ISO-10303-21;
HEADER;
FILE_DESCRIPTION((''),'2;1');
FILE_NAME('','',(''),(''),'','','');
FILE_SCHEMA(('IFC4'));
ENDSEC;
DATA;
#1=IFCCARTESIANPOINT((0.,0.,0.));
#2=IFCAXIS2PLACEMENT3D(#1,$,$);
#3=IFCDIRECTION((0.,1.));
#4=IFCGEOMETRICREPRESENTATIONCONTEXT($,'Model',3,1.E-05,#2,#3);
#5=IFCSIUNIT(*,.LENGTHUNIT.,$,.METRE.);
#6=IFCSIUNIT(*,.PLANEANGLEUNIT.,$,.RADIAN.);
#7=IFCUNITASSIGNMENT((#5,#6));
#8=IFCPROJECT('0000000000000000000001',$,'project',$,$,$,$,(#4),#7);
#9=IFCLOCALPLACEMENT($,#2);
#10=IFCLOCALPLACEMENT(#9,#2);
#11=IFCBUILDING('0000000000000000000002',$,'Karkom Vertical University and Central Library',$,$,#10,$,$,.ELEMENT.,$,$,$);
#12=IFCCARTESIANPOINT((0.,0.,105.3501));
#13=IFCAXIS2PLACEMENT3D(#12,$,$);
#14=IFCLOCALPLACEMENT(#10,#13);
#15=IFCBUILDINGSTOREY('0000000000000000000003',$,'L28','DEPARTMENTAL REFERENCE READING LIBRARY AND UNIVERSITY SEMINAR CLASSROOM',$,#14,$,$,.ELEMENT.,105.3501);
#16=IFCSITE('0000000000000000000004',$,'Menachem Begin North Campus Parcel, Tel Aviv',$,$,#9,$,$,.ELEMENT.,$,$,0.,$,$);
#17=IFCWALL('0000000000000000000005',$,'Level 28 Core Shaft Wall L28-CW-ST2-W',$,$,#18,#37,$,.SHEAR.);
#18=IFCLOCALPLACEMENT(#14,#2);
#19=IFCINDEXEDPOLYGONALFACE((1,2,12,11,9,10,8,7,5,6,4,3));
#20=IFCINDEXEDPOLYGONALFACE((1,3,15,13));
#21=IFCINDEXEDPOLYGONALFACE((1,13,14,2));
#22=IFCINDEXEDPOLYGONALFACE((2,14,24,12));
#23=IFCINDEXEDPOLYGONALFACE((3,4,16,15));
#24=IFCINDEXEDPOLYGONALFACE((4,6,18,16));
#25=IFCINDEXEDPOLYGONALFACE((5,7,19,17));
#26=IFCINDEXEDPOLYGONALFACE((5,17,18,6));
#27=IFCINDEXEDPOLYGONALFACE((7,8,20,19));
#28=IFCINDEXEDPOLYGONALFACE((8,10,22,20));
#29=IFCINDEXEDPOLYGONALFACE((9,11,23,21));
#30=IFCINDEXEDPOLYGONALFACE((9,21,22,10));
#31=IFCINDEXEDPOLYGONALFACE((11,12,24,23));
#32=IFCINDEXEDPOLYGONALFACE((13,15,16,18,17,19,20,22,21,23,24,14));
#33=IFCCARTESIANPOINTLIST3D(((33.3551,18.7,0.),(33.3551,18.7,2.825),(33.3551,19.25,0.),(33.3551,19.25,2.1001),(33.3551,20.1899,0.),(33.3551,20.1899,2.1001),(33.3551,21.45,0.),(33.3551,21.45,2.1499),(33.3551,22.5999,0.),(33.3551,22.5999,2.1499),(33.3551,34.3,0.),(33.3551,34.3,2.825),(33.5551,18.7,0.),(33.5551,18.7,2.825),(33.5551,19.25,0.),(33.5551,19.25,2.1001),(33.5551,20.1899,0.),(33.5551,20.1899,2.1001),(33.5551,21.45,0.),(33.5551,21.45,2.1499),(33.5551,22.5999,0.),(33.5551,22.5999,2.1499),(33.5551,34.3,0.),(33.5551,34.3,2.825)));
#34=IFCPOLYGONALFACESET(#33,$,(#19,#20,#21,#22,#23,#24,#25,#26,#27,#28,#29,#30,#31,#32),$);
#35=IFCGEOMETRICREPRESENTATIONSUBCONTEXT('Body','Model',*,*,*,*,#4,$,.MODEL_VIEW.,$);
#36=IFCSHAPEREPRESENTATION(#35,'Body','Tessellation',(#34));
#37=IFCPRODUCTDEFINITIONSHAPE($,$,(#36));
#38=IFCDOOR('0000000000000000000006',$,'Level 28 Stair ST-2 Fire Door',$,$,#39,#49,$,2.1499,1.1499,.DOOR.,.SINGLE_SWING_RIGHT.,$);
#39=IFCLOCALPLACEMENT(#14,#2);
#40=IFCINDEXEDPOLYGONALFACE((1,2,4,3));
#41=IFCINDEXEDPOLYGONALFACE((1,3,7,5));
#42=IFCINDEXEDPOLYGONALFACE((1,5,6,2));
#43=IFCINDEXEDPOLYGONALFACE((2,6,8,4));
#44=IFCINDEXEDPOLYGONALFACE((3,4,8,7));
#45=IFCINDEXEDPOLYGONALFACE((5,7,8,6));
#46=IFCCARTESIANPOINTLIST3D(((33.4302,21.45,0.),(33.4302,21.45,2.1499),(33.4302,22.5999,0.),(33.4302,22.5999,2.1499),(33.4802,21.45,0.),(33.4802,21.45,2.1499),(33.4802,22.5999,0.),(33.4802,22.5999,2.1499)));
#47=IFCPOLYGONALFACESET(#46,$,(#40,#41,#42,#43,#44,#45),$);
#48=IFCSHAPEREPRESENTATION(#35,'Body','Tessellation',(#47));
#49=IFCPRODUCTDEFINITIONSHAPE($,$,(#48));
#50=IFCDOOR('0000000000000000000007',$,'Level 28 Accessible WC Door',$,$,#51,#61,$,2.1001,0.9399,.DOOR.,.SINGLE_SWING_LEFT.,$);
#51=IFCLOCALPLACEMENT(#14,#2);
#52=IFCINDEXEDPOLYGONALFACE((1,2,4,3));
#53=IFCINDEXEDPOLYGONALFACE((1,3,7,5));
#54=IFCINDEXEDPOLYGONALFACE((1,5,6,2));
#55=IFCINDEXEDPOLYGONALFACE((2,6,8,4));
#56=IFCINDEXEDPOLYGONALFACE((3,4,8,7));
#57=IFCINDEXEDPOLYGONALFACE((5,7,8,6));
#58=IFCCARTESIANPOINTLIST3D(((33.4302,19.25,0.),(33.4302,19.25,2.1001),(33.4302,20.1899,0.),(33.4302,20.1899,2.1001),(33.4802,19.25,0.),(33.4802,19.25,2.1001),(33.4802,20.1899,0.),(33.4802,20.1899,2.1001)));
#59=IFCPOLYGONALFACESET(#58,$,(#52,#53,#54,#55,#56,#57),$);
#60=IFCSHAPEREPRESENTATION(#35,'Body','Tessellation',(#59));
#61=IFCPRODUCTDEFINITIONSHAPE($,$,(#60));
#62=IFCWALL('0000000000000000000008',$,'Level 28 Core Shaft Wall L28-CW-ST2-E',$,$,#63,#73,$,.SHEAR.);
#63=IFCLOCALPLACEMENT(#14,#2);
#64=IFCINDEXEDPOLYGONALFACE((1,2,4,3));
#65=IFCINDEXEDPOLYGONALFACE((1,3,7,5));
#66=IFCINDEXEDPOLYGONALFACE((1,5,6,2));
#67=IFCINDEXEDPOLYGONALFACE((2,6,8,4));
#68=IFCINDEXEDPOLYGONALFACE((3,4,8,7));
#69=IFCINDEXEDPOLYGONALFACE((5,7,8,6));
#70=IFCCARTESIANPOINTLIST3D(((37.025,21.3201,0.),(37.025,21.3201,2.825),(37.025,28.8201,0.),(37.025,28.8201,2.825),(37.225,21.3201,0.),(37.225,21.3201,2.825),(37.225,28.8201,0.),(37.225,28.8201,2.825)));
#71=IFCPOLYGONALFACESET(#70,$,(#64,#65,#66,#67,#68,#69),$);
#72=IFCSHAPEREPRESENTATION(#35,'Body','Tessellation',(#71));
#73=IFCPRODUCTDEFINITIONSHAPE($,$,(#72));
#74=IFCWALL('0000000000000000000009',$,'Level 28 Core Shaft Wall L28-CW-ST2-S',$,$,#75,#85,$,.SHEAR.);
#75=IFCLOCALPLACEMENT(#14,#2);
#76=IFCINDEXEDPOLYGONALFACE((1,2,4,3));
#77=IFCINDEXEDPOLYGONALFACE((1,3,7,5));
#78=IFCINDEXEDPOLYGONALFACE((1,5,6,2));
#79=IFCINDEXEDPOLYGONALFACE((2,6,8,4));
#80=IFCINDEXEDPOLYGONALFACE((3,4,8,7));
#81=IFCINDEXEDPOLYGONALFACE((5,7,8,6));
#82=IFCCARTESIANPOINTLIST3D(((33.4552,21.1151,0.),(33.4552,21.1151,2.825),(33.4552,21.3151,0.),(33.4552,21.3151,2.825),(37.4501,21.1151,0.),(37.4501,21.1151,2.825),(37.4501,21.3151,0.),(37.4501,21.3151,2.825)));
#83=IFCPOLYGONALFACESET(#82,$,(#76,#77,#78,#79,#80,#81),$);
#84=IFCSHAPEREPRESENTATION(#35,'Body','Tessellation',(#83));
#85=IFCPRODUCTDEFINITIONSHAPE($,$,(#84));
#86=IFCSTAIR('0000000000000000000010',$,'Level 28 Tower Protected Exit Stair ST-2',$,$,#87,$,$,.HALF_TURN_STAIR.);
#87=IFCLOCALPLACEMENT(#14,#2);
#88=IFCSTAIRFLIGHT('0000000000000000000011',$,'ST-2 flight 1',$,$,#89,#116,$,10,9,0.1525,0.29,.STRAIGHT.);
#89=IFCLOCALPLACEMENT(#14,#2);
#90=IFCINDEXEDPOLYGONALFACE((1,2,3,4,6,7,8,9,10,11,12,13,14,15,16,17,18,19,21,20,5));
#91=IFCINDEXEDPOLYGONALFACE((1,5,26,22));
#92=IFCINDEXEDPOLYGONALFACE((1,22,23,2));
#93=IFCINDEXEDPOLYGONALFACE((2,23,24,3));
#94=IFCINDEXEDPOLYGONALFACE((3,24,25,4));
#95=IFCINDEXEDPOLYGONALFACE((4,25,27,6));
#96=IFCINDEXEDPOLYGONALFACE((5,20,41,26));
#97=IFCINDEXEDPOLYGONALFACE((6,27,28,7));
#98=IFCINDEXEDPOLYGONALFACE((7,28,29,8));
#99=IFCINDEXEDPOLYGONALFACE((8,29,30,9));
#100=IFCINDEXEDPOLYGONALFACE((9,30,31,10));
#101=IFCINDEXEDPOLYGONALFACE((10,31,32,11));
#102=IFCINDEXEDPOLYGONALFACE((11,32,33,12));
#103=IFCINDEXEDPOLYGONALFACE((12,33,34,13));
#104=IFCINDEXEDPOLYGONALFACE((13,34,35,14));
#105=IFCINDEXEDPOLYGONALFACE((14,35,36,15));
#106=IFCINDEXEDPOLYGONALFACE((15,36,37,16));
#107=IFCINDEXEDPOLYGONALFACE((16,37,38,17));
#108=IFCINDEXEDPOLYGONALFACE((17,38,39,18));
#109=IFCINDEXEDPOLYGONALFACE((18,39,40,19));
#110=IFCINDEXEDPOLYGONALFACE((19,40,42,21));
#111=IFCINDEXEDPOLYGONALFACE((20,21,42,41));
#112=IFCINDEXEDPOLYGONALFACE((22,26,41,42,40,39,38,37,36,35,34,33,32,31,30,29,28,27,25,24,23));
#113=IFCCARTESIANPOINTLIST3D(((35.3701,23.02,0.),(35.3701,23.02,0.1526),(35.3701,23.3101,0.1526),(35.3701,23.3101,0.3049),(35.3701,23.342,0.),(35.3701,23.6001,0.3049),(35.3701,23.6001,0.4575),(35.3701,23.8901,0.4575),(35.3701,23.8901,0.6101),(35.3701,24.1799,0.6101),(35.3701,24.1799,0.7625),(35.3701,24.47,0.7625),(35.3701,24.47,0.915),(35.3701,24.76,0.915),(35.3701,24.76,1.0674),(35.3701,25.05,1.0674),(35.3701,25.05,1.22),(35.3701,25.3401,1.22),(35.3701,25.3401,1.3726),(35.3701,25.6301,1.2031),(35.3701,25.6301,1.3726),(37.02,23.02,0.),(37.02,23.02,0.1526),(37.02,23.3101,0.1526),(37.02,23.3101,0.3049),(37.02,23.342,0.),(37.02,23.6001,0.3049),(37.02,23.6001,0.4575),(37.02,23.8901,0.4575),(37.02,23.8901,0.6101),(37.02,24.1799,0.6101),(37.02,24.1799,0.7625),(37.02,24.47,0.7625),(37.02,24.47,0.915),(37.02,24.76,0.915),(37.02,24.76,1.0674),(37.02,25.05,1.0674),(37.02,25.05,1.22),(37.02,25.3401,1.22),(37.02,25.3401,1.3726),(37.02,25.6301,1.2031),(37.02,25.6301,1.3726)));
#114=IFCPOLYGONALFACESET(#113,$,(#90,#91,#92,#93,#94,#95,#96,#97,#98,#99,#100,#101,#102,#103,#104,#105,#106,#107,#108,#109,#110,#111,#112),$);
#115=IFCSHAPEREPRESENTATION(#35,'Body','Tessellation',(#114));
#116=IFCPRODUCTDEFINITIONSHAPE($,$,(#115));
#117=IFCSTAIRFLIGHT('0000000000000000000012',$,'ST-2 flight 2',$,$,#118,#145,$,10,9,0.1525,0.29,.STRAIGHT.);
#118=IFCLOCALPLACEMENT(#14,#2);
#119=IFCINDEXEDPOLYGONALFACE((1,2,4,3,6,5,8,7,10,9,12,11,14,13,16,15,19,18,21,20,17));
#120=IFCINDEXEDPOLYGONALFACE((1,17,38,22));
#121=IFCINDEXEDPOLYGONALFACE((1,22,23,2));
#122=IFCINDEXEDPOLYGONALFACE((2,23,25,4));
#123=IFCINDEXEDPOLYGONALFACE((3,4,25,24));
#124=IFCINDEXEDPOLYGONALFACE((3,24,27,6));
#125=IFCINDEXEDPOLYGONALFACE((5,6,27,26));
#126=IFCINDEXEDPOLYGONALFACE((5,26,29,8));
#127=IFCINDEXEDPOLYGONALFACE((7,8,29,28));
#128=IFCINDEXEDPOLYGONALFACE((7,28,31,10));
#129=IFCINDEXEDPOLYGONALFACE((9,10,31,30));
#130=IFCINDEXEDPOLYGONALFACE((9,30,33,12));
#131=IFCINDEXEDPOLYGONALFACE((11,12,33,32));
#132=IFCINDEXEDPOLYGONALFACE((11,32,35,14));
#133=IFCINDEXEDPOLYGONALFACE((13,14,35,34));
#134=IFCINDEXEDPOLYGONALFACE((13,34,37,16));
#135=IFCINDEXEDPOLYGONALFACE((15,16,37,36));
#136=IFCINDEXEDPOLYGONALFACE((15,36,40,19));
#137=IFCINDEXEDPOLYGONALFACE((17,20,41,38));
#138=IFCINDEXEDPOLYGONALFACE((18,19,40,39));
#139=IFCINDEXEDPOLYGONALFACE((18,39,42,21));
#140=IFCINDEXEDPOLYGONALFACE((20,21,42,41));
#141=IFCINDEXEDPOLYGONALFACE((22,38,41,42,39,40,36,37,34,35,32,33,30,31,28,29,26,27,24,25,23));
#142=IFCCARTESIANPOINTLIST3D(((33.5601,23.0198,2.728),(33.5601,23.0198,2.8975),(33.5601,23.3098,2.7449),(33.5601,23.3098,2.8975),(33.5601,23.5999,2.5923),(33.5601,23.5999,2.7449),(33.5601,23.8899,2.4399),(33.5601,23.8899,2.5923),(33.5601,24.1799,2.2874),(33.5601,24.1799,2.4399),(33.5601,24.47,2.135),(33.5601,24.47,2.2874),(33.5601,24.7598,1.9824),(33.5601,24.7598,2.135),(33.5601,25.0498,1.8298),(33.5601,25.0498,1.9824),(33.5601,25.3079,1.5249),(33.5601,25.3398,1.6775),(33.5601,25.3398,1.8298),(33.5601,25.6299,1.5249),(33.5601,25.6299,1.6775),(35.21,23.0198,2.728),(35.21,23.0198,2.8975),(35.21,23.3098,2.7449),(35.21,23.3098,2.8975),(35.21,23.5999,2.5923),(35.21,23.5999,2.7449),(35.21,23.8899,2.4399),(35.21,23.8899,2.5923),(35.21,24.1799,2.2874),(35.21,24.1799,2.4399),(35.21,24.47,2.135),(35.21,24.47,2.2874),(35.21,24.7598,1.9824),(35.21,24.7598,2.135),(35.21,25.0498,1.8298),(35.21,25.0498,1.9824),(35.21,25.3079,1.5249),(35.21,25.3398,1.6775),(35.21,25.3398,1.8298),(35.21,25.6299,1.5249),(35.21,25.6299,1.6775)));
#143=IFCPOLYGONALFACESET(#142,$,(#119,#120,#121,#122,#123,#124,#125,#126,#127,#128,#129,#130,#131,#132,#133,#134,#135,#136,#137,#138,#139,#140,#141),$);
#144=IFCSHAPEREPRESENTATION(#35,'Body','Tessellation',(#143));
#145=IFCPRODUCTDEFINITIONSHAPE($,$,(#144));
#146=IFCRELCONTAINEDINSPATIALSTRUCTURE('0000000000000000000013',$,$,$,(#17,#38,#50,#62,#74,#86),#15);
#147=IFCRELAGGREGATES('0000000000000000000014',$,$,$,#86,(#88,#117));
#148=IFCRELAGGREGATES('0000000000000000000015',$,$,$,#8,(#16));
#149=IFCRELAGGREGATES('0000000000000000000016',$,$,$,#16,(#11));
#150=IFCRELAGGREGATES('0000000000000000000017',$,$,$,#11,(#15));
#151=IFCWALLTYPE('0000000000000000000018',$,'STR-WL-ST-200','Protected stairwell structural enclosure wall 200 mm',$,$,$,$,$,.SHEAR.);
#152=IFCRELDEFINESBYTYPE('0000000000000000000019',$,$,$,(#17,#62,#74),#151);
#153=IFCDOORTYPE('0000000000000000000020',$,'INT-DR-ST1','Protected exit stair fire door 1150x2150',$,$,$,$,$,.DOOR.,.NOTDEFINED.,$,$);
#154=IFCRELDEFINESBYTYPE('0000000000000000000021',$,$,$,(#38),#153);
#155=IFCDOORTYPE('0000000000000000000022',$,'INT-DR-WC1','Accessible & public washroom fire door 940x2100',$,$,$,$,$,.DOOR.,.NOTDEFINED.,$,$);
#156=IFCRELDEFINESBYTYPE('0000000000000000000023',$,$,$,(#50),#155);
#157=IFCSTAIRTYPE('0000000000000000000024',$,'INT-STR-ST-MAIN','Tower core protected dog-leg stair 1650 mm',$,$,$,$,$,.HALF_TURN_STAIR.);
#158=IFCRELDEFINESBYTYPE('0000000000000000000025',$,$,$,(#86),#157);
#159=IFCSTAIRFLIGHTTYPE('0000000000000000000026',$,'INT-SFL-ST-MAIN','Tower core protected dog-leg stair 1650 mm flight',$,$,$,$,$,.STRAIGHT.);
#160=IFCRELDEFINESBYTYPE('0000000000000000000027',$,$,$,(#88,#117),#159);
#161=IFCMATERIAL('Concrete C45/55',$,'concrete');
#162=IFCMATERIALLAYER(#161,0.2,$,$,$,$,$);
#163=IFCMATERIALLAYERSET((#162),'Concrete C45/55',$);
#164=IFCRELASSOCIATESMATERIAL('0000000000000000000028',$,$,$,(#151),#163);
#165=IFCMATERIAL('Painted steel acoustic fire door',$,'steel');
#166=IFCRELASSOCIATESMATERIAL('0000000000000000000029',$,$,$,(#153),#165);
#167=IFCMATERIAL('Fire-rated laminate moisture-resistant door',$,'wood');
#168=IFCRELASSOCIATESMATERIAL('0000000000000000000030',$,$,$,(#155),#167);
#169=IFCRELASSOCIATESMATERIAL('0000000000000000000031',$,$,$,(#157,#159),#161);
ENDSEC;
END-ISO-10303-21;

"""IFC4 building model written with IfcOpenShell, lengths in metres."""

from ifc_helpers import new_model, si_unit, direction, frame, frame_2d, origin, origin_with_axes, place, context, subcontext, project, spatial, polyline, rectangle, outline, extrude, source, transform, mapped, material, layer, layer_set, type_object, element, fill, aggregate, save


model = new_model("IFC4")

# Units and contexts
model_context = context("Model", 3, precision=1e-05, world=origin(), true_north=direction((0.0, 1.0)))
body_context = subcontext(model_context, "Body", "Model", "MODEL_VIEW")
ifc_project = project(units=[si_unit("LENGTHUNIT", "METRE"), si_unit("PLANEANGLEUNIT", "RADIAN")], contexts=[model_context])

# Site, building, storey
site_placement = place(None, origin())
site = spatial("IfcSite", under=ifc_project, at=site_placement, Name="Menachem Begin North Campus Parcel, Tel Aviv", CompositionType="ELEMENT", RefElevation=0.0)
building_placement = place(site_placement, origin())
building = spatial("IfcBuilding", under=site, at=building_placement, Name="Karkom Vertical University and Central Library", CompositionType="ELEMENT")
storey_placement = place(building_placement, frame((0.0, 0.0, 105.3501)))
storey = spatial("IfcBuildingStorey", under=building, at=storey_placement, Name="L28", Description="DEPARTMENTAL REFERENCE READING LIBRARY AND UNIVERSITY SEMINAR CLASSROOM", CompositionType="ELEMENT", Elevation=105.3501)

# Wall, openings, doors
ifc_material_1 = material(Name="Concrete C45/55", Category="concrete")
ifc_layer_1 = layer(ifc_material_1, 0.2)
ifc_layer_set_1 = layer_set([ifc_layer_1], Name="Concrete C45/55")
wall_type_1 = type_object("IfcWallType", Name="STR-WL-ST-200", Description="Protected stairwell structural enclosure wall 200 mm", PredefinedType="SHEAR", material=ifc_layer_set_1)
wall_1_placement = place(storey_placement, frame((33.4551, 18.7, 0.0), z_axis=(0.0, 0.0, 1.0), x_axis=(0.0, 1.0, 0.0)))
wall_1 = element("IfcWall", 1, at=wall_1_placement, inside=storey, type_object=wall_type_1, Name="Level 28 Core Shaft Wall L28-CW-ST2-W", PredefinedType="SHEAR", context=body_context, shape_type="SweptSolid", body=[
    extrude(rectangle(XDim=15.6001, YDim=0.2, at=frame_2d((7.8, 0.0))), origin(), (0.0, 0.0, 1.0), 2.825),
])
opening_1_placement = place(wall_1_placement, frame((2.75, 0.0, 0.0)))
opening_1 = element("IfcOpeningElement", 2, at=opening_1_placement, cuts=wall_1, PredefinedType="OPENING", context=body_context, shape_type="SweptSolid", body=[
    extrude(rectangle(XDim=1.1499, YDim=2.1499, at=frame_2d((0.575, 1.075))), frame((0.0, 0.1099, 0.0), z_axis=(0.0, -1.0, 0.0), x_axis=(1.0, 0.0, 0.0)), (0.0, 0.0, 1.0), 0.22),
])
opening_2_placement = place(wall_1_placement, frame((0.55, 0.0, 0.0)))
opening_2 = element("IfcOpeningElement", 3, at=opening_2_placement, cuts=wall_1, PredefinedType="OPENING", context=body_context, shape_type="SweptSolid", body=[
    extrude(rectangle(XDim=0.9399, YDim=2.1001, at=frame_2d((0.47, 1.05))), frame((0.0, 0.1099, 0.0), z_axis=(0.0, -1.0, 0.0), x_axis=(1.0, 0.0, 0.0)), (0.0, 0.0, 1.0), 0.22),
])
ifc_material_2 = material(Name="Painted steel acoustic fire door", Category="steel")
door_type_1 = type_object("IfcDoorType", Name="INT-DR-ST1", Description="Protected exit stair fire door 1150x2150", OperationType="NOTDEFINED", PredefinedType="DOOR", material=ifc_material_2)
shared_shape_1 = source(origin_with_axes(), body_context, "Body", "SweptSolid", [
    extrude(rectangle(XDim=1.1499, YDim=2.1499, at=frame_2d((0.575, 1.075))), frame((0.0, 0.0249, 0.0), z_axis=(0.0, -1.0, 0.0), x_axis=(1.0, 0.0, 0.0)), (0.0, 0.0, 1.0), 0.05),
])
door_1_placement = place(opening_1_placement, origin())
door_1 = element("IfcDoor", 4, at=door_1_placement, inside=storey, type_object=door_type_1, Name="Level 28 Stair ST-2 Fire Door", OperationType="SINGLE_SWING_RIGHT", OverallHeight=2.1499, OverallWidth=1.1499, PredefinedType="DOOR", context=body_context, shape_type="MappedRepresentation", body=[
    mapped(shared_shape_1, transform((0.0, 0.0, 0.0), scale=1.0)),
])
fill(opening_1, door_1)
ifc_material_3 = material(Name="Fire-rated laminate moisture-resistant door", Category="wood")
door_type_2 = type_object("IfcDoorType", Name="INT-DR-WC1", Description="Accessible & public washroom fire door 940x2100", OperationType="NOTDEFINED", PredefinedType="DOOR", material=ifc_material_3)
shared_shape_2 = source(origin_with_axes(), body_context, "Body", "SweptSolid", [
    extrude(rectangle(XDim=0.9399, YDim=2.1001, at=frame_2d((0.47, 1.05))), frame((0.0, 0.0249, 0.0), z_axis=(0.0, -1.0, 0.0), x_axis=(1.0, 0.0, 0.0)), (0.0, 0.0, 1.0), 0.05),
])
door_2_placement = place(opening_2_placement, origin())
door_2 = element("IfcDoor", 5, at=door_2_placement, inside=storey, type_object=door_type_2, Name="Level 28 Accessible WC Door", OperationType="SINGLE_SWING_LEFT", OverallHeight=2.1001, OverallWidth=0.9399, PredefinedType="DOOR", context=body_context, shape_type="MappedRepresentation", body=[
    mapped(shared_shape_2, transform((0.0, 0.0, 0.0), scale=1.0)),
])
fill(opening_2, door_2)

# Walls
wall_2_placement = place(storey_placement, frame((37.125, 21.3201, 0.0), z_axis=(0.0, 0.0, 1.0), x_axis=(0.0, 1.0, 0.0)))
element("IfcWall", 6, at=wall_2_placement, inside=storey, type_object=wall_type_1, Name="Level 28 Core Shaft Wall L28-CW-ST2-E", PredefinedType="SHEAR", context=body_context, shape_type="SweptSolid", body=[
    extrude(rectangle(XDim=7.5, YDim=0.2, at=frame_2d((3.75, 0.0))), origin(), (0.0, 0.0, 1.0), 2.825),
])
wall_3_placement = place(storey_placement, frame((33.4551, 21.2151, 0.0), z_axis=(0.0, 0.0, 1.0), x_axis=(1.0, 0.0, 0.0)))
element("IfcWall", 7, at=wall_3_placement, inside=storey, type_object=wall_type_1, Name="Level 28 Core Shaft Wall L28-CW-ST2-S", PredefinedType="SHEAR", context=body_context, shape_type="SweptSolid", body=[
    extrude(rectangle(XDim=3.9949, YDim=0.2, at=frame_2d((1.9976, 0.0))), origin(), (0.0, 0.0, 1.0), 2.825),
])

# Stair, stair flights
stair_type = type_object("IfcStairType", Name="INT-STR-ST-MAIN", Description="Tower core protected dog-leg stair 1650 mm", PredefinedType="HALF_TURN_STAIR", material=ifc_material_1)
stair_placement = place(storey_placement, origin())
stair = element("IfcStair", 8, at=stair_placement, inside=storey, type_object=stair_type, Name="Level 28 Tower Protected Exit Stair ST-2", PredefinedType="HALF_TURN_STAIR")
stair_flight_type = type_object("IfcStairFlightType", Name="INT-SFL-ST-MAIN", Description="Tower core protected dog-leg stair 1650 mm flight", PredefinedType="STRAIGHT", material=ifc_material_1)
stair_flight_1_placement = place(storey_placement, frame((36.1951, 23.02, 0.0), z_axis=(0.0, 0.0, 1.0), x_axis=(0.0, 1.0, 0.0)))
stair_flight_1 = element("IfcStairFlight", 9, at=stair_flight_1_placement, type_object=stair_flight_type, Name="ST-2 flight 1", NumberOfRisers=10, NumberOfTreads=9, PredefinedType="STRAIGHT", RiserHeight=0.1525, TreadLength=0.29, context=body_context, shape_type="SweptSolid", body=[
    extrude(outline(polyline([(0.0, 0.0), (0.0, 0.1526), (0.29, 0.1526), (0.29, 0.3049), (0.5801, 0.3049), (0.5801, 0.4575), (0.8701, 0.4575), (0.8701, 0.6101), (1.1599, 0.6101), (1.1599, 0.7625), (1.45, 0.7625), (1.45, 0.915), (1.74, 0.915), (1.74, 1.0674), (2.03, 1.0674), (2.03, 1.22), (2.3201, 1.22), (2.3201, 1.3726), (2.6101, 1.3726), (2.6101, 1.5249), (2.6101, 1.2031), (0.322, 0.0), (0.0, 0.0)])), frame((0.0, 0.825, 0.0), z_axis=(0.0, -1.0, 0.0), x_axis=(1.0, 0.0, 0.0)), (0.0, 0.0, 1.0), 1.6499),
])
stair_flight_2_placement = place(storey_placement, frame((34.385, 25.6299, 1.5249), z_axis=(0.0, 0.0, 1.0), x_axis=(0.0, -1.0, 0.0)))
stair_flight_2 = element("IfcStairFlight", 10, at=stair_flight_2_placement, type_object=stair_flight_type, Name="ST-2 flight 2", NumberOfRisers=10, NumberOfTreads=9, PredefinedType="STRAIGHT", RiserHeight=0.1525, TreadLength=0.29, context=body_context, shape_type="SweptSolid", body=[
    extrude(outline(polyline([(0.0, 0.0), (0.0, 0.1526), (0.29, 0.1526), (0.29, 0.3049), (0.5801, 0.3049), (0.5801, 0.4575), (0.8701, 0.4575), (0.8701, 0.6101), (1.1599, 0.6101), (1.1599, 0.7625), (1.45, 0.7625), (1.45, 0.915), (1.74, 0.915), (1.74, 1.0674), (2.03, 1.0674), (2.03, 1.22), (2.3201, 1.22), (2.3201, 1.3726), (2.6101, 1.3726), (2.6101, 1.5249), (2.6101, 1.2031), (0.322, 0.0), (0.0, 0.0)])), frame((0.0, 0.825, 0.0), z_axis=(0.0, -1.0, 0.0), x_axis=(1.0, 0.0, 0.0)), (0.0, 0.0, 1.0), 1.6499),
])
aggregate(stair, [stair_flight_1, stair_flight_2])

save(model, "model.ifc")
